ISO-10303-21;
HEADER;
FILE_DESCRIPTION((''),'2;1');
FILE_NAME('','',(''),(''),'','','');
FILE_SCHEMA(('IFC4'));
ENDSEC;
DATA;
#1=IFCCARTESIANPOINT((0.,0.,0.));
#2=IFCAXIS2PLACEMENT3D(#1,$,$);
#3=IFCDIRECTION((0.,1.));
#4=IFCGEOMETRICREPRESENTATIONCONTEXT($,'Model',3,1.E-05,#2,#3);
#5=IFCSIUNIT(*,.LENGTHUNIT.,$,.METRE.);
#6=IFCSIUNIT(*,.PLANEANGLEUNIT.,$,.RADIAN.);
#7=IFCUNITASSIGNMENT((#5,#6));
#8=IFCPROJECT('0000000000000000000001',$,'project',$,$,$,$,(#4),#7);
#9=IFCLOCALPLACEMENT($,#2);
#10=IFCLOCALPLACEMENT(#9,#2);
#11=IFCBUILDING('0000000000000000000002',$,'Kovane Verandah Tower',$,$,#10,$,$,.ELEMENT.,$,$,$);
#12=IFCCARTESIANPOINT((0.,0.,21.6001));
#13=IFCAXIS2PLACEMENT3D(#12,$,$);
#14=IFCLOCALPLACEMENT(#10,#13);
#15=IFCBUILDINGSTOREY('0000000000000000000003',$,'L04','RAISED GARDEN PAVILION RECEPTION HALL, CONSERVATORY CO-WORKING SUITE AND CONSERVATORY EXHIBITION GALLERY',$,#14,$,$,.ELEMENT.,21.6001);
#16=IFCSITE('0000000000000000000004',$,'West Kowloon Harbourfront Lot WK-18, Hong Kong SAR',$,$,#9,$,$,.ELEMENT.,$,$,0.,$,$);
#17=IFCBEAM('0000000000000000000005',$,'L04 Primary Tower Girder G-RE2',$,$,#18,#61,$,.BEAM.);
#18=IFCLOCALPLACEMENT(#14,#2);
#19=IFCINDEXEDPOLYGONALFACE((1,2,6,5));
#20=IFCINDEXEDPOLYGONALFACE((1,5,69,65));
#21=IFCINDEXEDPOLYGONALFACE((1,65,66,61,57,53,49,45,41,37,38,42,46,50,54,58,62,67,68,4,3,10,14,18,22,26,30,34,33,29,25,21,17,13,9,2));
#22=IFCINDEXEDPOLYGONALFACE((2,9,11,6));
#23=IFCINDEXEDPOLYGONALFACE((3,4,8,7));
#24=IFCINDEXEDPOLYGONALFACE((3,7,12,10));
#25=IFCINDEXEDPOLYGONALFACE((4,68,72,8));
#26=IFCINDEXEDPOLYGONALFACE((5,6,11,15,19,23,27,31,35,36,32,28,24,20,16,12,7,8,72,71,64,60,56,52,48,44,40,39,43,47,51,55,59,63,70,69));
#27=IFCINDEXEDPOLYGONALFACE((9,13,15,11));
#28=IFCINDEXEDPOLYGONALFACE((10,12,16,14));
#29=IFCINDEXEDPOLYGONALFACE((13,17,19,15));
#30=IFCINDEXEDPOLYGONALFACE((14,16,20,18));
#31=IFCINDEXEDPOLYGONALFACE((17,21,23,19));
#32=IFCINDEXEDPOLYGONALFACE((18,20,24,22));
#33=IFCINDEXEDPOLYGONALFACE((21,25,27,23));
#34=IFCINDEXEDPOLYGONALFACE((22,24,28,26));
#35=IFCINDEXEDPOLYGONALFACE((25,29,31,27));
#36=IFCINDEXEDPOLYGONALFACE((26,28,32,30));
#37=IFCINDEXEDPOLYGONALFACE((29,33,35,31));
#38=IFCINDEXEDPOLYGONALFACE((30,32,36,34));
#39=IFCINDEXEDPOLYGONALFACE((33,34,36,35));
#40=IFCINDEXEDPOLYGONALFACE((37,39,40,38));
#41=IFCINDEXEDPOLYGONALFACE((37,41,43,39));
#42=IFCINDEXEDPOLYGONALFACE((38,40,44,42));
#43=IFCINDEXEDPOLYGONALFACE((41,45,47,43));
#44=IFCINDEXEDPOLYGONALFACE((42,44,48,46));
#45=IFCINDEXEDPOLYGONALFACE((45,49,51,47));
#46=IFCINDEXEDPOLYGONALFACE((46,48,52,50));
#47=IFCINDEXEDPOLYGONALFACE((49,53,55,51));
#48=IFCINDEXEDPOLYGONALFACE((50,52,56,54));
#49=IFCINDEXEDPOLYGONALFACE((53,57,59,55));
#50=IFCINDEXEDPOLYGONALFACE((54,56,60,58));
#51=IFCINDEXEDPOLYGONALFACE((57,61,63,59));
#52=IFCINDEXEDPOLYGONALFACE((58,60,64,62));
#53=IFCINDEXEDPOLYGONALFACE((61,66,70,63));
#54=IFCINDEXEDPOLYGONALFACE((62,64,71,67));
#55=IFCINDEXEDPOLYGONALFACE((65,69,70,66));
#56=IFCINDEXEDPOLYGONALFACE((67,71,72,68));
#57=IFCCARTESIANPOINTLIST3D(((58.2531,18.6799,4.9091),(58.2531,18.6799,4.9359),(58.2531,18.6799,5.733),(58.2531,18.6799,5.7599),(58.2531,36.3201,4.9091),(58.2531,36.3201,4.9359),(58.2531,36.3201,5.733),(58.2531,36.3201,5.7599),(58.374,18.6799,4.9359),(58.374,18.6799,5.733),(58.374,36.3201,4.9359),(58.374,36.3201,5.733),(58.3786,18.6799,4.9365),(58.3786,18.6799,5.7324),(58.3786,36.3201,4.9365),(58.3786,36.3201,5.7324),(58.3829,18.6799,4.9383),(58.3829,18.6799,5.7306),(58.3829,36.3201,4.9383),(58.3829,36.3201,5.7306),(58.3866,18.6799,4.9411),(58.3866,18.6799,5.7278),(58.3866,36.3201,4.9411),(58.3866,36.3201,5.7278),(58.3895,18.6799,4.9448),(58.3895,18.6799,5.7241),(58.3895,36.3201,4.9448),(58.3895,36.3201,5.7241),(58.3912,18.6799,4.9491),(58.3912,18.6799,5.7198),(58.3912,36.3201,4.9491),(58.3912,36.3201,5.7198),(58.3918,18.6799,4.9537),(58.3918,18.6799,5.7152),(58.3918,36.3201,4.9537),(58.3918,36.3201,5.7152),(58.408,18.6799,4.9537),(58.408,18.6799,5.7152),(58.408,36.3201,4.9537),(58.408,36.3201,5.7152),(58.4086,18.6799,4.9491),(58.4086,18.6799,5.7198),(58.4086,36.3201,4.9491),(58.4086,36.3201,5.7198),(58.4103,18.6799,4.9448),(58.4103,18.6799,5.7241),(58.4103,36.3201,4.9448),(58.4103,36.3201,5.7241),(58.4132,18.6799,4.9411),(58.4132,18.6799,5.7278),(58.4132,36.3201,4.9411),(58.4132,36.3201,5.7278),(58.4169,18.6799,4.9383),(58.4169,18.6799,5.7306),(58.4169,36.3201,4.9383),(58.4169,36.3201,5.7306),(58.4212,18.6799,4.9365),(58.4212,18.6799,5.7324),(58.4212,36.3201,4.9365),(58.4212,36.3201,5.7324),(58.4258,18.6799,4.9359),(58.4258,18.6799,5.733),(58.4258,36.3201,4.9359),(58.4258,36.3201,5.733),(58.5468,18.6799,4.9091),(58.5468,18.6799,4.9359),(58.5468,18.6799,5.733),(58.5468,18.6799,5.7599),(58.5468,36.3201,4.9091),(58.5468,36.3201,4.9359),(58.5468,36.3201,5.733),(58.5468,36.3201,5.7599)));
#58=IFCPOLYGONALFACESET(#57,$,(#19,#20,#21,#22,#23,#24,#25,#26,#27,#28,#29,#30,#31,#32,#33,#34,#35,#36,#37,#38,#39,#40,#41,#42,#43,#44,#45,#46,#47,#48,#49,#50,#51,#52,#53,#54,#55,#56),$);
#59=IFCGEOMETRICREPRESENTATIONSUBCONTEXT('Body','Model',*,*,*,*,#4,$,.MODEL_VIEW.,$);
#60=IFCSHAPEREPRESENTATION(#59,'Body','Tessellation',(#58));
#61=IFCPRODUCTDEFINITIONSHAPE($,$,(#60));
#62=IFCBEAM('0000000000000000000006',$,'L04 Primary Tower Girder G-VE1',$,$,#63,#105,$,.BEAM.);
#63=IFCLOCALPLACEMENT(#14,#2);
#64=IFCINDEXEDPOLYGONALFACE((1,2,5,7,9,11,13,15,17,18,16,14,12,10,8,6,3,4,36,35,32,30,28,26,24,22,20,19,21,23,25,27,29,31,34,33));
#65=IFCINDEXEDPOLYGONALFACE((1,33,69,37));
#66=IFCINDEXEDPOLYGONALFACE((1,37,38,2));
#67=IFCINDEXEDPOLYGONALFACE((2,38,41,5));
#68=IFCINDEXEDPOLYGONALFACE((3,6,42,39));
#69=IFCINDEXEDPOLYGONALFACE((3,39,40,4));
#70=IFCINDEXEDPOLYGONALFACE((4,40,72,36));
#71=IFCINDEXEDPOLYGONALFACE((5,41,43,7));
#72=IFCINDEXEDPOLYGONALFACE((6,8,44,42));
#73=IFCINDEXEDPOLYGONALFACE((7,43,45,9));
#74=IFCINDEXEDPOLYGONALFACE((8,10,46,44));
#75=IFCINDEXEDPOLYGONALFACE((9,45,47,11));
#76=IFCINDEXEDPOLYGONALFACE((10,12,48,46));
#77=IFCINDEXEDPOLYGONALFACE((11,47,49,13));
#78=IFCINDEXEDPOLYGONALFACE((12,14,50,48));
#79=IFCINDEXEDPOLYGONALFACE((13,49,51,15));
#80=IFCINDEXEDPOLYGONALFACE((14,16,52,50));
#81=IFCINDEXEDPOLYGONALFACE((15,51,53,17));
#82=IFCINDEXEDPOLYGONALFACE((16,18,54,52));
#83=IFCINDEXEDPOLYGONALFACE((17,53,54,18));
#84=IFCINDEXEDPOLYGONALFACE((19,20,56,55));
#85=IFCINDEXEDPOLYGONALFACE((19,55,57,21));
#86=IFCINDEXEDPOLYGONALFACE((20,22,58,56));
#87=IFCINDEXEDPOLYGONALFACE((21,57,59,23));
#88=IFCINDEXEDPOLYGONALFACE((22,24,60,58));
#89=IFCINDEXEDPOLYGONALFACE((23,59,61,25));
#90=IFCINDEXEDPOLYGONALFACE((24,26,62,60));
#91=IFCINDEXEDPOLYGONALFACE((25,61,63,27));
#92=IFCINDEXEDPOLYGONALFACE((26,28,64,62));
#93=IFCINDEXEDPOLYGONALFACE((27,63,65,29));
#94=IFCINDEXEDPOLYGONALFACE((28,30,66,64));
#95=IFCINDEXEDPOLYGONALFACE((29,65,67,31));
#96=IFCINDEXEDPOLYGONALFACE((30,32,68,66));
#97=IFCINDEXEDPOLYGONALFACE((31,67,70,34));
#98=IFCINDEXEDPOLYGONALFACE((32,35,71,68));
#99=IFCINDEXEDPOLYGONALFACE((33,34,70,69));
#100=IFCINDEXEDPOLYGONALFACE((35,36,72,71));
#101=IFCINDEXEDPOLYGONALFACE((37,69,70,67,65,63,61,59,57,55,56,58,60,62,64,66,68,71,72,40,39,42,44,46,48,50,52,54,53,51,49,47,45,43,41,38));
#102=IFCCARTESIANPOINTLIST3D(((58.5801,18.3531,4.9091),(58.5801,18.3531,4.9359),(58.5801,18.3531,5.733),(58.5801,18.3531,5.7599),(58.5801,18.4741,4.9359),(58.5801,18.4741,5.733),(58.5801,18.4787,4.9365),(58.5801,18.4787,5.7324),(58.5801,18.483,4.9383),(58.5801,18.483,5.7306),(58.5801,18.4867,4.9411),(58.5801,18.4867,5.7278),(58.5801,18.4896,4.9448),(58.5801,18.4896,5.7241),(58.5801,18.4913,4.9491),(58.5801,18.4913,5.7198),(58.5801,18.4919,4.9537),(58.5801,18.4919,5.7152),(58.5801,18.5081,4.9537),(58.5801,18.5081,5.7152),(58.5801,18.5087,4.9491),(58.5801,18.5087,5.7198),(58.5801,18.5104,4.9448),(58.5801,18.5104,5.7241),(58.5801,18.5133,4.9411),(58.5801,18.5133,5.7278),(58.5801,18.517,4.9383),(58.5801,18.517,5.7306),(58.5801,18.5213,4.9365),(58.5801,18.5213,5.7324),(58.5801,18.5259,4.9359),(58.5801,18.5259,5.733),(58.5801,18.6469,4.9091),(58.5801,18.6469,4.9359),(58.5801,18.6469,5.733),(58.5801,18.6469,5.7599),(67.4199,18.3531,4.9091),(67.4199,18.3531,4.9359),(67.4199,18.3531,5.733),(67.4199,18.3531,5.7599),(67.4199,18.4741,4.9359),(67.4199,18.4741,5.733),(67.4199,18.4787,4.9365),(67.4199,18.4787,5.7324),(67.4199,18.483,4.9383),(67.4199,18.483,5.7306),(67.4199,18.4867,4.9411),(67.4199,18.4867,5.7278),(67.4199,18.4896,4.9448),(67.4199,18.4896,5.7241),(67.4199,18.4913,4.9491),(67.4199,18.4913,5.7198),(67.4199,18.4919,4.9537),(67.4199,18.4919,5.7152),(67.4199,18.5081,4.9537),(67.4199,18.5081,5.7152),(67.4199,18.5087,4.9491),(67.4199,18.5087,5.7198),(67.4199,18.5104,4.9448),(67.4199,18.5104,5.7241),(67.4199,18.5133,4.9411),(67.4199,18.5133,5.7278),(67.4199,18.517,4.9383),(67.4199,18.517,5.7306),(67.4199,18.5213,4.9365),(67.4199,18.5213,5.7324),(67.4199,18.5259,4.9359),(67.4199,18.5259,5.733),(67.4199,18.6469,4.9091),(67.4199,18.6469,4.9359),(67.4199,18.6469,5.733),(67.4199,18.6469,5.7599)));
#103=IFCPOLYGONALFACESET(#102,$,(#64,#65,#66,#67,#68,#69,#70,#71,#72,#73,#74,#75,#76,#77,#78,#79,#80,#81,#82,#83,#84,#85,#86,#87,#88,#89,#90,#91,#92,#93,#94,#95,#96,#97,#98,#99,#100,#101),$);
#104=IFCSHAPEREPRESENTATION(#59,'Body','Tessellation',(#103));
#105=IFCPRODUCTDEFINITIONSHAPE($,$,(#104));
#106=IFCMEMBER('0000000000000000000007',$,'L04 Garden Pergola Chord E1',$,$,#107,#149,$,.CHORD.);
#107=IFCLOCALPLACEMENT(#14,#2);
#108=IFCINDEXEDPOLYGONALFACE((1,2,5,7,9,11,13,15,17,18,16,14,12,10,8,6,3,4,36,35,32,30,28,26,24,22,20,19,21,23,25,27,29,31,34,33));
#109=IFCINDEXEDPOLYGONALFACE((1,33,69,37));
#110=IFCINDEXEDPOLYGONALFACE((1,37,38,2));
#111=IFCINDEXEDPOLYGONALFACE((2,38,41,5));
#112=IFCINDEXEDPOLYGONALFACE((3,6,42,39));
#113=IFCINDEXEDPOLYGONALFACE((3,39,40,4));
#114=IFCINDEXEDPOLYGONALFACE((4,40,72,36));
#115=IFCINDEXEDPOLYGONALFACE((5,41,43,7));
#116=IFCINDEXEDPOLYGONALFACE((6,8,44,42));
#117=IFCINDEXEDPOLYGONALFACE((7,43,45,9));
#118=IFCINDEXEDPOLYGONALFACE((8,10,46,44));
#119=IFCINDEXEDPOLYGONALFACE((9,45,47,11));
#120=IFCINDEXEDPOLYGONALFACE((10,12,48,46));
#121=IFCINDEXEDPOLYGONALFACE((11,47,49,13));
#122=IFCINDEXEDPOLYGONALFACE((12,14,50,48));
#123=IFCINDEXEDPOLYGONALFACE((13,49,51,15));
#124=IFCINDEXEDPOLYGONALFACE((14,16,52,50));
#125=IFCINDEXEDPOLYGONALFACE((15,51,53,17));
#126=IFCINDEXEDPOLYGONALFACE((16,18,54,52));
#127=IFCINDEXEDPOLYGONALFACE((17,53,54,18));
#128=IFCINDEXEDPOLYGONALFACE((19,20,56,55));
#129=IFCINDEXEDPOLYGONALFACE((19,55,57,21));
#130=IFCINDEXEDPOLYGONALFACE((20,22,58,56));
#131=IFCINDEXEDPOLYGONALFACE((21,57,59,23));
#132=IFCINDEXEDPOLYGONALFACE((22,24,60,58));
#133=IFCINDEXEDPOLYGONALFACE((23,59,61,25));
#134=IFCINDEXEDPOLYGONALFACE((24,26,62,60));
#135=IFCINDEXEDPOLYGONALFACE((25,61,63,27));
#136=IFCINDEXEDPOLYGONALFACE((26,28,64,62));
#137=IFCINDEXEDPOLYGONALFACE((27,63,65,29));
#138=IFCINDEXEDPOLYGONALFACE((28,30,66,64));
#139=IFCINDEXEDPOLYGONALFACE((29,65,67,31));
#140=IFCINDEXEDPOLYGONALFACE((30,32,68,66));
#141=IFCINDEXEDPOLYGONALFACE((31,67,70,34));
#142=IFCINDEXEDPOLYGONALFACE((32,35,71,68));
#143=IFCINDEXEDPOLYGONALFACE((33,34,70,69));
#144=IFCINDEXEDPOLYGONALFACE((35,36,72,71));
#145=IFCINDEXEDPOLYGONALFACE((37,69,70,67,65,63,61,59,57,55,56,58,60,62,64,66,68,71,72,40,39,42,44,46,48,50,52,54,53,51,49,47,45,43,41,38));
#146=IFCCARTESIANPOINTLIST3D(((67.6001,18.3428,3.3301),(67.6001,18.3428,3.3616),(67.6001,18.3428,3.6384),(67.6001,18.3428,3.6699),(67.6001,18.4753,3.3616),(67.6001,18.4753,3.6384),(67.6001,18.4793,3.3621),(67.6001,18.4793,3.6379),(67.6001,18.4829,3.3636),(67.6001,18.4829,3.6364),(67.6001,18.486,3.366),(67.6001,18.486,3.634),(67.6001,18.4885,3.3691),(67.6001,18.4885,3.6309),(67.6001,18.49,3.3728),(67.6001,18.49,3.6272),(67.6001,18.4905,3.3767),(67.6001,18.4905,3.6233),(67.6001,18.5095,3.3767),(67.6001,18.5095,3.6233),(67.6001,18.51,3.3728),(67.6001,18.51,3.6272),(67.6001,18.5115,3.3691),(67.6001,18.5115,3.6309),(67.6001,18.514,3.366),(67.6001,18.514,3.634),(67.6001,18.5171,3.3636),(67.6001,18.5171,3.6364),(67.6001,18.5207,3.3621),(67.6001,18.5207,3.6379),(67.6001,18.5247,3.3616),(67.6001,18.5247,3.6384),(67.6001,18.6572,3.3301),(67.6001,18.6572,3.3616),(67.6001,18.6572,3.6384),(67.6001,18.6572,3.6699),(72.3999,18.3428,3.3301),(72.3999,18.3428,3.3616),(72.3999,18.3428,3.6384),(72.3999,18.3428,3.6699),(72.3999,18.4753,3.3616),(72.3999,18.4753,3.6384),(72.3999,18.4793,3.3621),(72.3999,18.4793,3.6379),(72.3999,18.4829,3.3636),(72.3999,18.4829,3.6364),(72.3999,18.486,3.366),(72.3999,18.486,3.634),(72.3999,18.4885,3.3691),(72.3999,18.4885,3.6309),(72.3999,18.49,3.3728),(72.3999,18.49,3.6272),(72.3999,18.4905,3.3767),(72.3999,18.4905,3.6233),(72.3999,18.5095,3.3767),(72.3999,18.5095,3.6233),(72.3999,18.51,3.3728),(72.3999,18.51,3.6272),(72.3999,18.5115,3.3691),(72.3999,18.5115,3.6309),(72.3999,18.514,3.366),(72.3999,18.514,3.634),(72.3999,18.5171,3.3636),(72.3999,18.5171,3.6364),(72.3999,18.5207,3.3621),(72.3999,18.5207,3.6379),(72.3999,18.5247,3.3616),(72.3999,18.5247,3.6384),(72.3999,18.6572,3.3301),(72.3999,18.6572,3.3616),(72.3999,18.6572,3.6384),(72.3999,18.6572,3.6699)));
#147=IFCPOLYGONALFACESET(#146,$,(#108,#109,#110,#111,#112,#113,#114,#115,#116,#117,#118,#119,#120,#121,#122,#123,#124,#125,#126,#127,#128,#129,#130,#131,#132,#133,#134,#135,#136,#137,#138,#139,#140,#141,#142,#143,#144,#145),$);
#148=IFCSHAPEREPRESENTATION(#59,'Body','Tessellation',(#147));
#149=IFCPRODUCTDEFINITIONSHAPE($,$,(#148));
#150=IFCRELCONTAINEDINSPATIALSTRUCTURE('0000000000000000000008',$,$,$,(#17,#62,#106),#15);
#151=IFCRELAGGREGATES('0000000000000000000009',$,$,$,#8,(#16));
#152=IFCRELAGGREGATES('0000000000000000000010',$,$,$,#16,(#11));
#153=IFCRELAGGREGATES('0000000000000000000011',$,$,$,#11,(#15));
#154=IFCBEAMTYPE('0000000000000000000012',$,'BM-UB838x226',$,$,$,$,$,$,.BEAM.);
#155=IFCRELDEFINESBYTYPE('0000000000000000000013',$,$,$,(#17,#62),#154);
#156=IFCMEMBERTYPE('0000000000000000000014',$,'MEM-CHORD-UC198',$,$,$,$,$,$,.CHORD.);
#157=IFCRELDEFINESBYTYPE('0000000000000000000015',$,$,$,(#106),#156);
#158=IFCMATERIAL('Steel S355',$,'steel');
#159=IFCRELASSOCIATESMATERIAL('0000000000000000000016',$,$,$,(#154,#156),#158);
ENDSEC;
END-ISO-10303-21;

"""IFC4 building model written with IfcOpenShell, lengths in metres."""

from ifc_helpers import new_model, si_unit, direction, frame, origin, origin_2d, place, context, subcontext, project, spatial, i_section, extrude, material, material_profile, profile_set, type_object, element, save


model = new_model("IFC4")

# Units and contexts
model_context = context("Model", 3, precision=1e-05, world=origin(), true_north=direction((0.0, 1.0)))
body_context = subcontext(model_context, "Body", "Model", "MODEL_VIEW")
ifc_project = project(units=[si_unit("LENGTHUNIT", "METRE"), si_unit("PLANEANGLEUNIT", "RADIAN")], contexts=[model_context])

# Site, building, storey
site_placement = place(None, origin())
site = spatial("IfcSite", under=ifc_project, at=site_placement, Name="West Kowloon Harbourfront Lot WK-18, Hong Kong SAR", CompositionType="ELEMENT", RefElevation=0.0)
building_placement = place(site_placement, origin())
building = spatial("IfcBuilding", under=site, at=building_placement, Name="Kovane Verandah Tower", CompositionType="ELEMENT")
storey_placement = place(building_placement, frame((0.0, 0.0, 21.6001)))
storey = spatial("IfcBuildingStorey", under=building, at=storey_placement, Name="L04", Description="RAISED GARDEN PAVILION RECEPTION HALL, CONSERVATORY CO-WORKING SUITE AND CONSERVATORY EXHIBITION GALLERY", CompositionType="ELEMENT", Elevation=21.6001)

# Shared definitions
ifc_material_1 = material(Name="Steel S355", Category="steel")

# Beams
ifc_material_profile_1 = material_profile(ifc_material_1, i_section(OverallWidth=0.2937, OverallDepth=0.8508, WebThickness=0.0161, FlangeThickness=0.0269, FilletRadius=0.0178, at=origin_2d()), Name="UB838x292x226")
ifc_profile_set_1 = profile_set([ifc_material_profile_1], Name="Steel S355")
beam_type_1 = type_object("IfcBeamType", Name="BM-UB838x226", PredefinedType="BEAM", material=ifc_profile_set_1)
beam_1_placement = place(storey_placement, frame((58.3999, 18.6799, 5.3345), z_axis=(0.0, 1.0, 0.0), x_axis=(-1.0, 0.0, 0.0)))
element("IfcBeam", 1, at=beam_1_placement, inside=storey, type_object=beam_type_1, Name="L04 Primary Tower Girder G-RE2", PredefinedType="BEAM", context=body_context, shape_type="SweptSolid", body=[
    extrude(i_section(OverallWidth=0.2937, OverallDepth=0.8508, WebThickness=0.0161, FlangeThickness=0.0269, FilletRadius=0.0178, at=origin_2d()), origin(), (0.0, 0.0, 1.0), 17.6401),
])
beam_2_placement = place(storey_placement, frame((58.5801, 18.5, 5.3345), z_axis=(1.0, 0.0, 0.0), x_axis=(0.0, 1.0, 0.0)))
element("IfcBeam", 2, at=beam_2_placement, inside=storey, type_object=beam_type_1, Name="L04 Primary Tower Girder G-VE1", PredefinedType="BEAM", context=body_context, shape_type="SweptSolid", body=[
    extrude(i_section(OverallWidth=0.2937, OverallDepth=0.8508, WebThickness=0.0161, FlangeThickness=0.0269, FilletRadius=0.0178, at=origin_2d()), origin(), (0.0, 0.0, 1.0), 8.8398),
])

# Member
ifc_material_profile_2 = material_profile(ifc_material_1, i_section(OverallWidth=0.3145, OverallDepth=0.3398, WebThickness=0.019, FlangeThickness=0.0315, FilletRadius=0.0151, at=origin_2d()), Name="UC305x305x198")
ifc_profile_set_2 = profile_set([ifc_material_profile_2], Name="Steel S355")
member_type_1 = type_object("IfcMemberType", Name="MEM-CHORD-UC198", PredefinedType="CHORD", material=ifc_profile_set_2)
member_1_placement = place(storey_placement, frame((67.6001, 18.5, 3.5), z_axis=(1.0, 0.0, 0.0), x_axis=(0.0, 1.0, 0.0)))
element("IfcMember", 3, at=member_1_placement, inside=storey, type_object=member_type_1, Name="L04 Garden Pergola Chord E1", PredefinedType="CHORD", context=body_context, shape_type="SweptSolid", body=[
    extrude(i_section(OverallWidth=0.3145, OverallDepth=0.3398, WebThickness=0.019, FlangeThickness=0.0315, FilletRadius=0.0151, at=origin_2d()), origin(), (0.0, 0.0, 1.0), 4.7998),
])

save(model, "model.ifc")
